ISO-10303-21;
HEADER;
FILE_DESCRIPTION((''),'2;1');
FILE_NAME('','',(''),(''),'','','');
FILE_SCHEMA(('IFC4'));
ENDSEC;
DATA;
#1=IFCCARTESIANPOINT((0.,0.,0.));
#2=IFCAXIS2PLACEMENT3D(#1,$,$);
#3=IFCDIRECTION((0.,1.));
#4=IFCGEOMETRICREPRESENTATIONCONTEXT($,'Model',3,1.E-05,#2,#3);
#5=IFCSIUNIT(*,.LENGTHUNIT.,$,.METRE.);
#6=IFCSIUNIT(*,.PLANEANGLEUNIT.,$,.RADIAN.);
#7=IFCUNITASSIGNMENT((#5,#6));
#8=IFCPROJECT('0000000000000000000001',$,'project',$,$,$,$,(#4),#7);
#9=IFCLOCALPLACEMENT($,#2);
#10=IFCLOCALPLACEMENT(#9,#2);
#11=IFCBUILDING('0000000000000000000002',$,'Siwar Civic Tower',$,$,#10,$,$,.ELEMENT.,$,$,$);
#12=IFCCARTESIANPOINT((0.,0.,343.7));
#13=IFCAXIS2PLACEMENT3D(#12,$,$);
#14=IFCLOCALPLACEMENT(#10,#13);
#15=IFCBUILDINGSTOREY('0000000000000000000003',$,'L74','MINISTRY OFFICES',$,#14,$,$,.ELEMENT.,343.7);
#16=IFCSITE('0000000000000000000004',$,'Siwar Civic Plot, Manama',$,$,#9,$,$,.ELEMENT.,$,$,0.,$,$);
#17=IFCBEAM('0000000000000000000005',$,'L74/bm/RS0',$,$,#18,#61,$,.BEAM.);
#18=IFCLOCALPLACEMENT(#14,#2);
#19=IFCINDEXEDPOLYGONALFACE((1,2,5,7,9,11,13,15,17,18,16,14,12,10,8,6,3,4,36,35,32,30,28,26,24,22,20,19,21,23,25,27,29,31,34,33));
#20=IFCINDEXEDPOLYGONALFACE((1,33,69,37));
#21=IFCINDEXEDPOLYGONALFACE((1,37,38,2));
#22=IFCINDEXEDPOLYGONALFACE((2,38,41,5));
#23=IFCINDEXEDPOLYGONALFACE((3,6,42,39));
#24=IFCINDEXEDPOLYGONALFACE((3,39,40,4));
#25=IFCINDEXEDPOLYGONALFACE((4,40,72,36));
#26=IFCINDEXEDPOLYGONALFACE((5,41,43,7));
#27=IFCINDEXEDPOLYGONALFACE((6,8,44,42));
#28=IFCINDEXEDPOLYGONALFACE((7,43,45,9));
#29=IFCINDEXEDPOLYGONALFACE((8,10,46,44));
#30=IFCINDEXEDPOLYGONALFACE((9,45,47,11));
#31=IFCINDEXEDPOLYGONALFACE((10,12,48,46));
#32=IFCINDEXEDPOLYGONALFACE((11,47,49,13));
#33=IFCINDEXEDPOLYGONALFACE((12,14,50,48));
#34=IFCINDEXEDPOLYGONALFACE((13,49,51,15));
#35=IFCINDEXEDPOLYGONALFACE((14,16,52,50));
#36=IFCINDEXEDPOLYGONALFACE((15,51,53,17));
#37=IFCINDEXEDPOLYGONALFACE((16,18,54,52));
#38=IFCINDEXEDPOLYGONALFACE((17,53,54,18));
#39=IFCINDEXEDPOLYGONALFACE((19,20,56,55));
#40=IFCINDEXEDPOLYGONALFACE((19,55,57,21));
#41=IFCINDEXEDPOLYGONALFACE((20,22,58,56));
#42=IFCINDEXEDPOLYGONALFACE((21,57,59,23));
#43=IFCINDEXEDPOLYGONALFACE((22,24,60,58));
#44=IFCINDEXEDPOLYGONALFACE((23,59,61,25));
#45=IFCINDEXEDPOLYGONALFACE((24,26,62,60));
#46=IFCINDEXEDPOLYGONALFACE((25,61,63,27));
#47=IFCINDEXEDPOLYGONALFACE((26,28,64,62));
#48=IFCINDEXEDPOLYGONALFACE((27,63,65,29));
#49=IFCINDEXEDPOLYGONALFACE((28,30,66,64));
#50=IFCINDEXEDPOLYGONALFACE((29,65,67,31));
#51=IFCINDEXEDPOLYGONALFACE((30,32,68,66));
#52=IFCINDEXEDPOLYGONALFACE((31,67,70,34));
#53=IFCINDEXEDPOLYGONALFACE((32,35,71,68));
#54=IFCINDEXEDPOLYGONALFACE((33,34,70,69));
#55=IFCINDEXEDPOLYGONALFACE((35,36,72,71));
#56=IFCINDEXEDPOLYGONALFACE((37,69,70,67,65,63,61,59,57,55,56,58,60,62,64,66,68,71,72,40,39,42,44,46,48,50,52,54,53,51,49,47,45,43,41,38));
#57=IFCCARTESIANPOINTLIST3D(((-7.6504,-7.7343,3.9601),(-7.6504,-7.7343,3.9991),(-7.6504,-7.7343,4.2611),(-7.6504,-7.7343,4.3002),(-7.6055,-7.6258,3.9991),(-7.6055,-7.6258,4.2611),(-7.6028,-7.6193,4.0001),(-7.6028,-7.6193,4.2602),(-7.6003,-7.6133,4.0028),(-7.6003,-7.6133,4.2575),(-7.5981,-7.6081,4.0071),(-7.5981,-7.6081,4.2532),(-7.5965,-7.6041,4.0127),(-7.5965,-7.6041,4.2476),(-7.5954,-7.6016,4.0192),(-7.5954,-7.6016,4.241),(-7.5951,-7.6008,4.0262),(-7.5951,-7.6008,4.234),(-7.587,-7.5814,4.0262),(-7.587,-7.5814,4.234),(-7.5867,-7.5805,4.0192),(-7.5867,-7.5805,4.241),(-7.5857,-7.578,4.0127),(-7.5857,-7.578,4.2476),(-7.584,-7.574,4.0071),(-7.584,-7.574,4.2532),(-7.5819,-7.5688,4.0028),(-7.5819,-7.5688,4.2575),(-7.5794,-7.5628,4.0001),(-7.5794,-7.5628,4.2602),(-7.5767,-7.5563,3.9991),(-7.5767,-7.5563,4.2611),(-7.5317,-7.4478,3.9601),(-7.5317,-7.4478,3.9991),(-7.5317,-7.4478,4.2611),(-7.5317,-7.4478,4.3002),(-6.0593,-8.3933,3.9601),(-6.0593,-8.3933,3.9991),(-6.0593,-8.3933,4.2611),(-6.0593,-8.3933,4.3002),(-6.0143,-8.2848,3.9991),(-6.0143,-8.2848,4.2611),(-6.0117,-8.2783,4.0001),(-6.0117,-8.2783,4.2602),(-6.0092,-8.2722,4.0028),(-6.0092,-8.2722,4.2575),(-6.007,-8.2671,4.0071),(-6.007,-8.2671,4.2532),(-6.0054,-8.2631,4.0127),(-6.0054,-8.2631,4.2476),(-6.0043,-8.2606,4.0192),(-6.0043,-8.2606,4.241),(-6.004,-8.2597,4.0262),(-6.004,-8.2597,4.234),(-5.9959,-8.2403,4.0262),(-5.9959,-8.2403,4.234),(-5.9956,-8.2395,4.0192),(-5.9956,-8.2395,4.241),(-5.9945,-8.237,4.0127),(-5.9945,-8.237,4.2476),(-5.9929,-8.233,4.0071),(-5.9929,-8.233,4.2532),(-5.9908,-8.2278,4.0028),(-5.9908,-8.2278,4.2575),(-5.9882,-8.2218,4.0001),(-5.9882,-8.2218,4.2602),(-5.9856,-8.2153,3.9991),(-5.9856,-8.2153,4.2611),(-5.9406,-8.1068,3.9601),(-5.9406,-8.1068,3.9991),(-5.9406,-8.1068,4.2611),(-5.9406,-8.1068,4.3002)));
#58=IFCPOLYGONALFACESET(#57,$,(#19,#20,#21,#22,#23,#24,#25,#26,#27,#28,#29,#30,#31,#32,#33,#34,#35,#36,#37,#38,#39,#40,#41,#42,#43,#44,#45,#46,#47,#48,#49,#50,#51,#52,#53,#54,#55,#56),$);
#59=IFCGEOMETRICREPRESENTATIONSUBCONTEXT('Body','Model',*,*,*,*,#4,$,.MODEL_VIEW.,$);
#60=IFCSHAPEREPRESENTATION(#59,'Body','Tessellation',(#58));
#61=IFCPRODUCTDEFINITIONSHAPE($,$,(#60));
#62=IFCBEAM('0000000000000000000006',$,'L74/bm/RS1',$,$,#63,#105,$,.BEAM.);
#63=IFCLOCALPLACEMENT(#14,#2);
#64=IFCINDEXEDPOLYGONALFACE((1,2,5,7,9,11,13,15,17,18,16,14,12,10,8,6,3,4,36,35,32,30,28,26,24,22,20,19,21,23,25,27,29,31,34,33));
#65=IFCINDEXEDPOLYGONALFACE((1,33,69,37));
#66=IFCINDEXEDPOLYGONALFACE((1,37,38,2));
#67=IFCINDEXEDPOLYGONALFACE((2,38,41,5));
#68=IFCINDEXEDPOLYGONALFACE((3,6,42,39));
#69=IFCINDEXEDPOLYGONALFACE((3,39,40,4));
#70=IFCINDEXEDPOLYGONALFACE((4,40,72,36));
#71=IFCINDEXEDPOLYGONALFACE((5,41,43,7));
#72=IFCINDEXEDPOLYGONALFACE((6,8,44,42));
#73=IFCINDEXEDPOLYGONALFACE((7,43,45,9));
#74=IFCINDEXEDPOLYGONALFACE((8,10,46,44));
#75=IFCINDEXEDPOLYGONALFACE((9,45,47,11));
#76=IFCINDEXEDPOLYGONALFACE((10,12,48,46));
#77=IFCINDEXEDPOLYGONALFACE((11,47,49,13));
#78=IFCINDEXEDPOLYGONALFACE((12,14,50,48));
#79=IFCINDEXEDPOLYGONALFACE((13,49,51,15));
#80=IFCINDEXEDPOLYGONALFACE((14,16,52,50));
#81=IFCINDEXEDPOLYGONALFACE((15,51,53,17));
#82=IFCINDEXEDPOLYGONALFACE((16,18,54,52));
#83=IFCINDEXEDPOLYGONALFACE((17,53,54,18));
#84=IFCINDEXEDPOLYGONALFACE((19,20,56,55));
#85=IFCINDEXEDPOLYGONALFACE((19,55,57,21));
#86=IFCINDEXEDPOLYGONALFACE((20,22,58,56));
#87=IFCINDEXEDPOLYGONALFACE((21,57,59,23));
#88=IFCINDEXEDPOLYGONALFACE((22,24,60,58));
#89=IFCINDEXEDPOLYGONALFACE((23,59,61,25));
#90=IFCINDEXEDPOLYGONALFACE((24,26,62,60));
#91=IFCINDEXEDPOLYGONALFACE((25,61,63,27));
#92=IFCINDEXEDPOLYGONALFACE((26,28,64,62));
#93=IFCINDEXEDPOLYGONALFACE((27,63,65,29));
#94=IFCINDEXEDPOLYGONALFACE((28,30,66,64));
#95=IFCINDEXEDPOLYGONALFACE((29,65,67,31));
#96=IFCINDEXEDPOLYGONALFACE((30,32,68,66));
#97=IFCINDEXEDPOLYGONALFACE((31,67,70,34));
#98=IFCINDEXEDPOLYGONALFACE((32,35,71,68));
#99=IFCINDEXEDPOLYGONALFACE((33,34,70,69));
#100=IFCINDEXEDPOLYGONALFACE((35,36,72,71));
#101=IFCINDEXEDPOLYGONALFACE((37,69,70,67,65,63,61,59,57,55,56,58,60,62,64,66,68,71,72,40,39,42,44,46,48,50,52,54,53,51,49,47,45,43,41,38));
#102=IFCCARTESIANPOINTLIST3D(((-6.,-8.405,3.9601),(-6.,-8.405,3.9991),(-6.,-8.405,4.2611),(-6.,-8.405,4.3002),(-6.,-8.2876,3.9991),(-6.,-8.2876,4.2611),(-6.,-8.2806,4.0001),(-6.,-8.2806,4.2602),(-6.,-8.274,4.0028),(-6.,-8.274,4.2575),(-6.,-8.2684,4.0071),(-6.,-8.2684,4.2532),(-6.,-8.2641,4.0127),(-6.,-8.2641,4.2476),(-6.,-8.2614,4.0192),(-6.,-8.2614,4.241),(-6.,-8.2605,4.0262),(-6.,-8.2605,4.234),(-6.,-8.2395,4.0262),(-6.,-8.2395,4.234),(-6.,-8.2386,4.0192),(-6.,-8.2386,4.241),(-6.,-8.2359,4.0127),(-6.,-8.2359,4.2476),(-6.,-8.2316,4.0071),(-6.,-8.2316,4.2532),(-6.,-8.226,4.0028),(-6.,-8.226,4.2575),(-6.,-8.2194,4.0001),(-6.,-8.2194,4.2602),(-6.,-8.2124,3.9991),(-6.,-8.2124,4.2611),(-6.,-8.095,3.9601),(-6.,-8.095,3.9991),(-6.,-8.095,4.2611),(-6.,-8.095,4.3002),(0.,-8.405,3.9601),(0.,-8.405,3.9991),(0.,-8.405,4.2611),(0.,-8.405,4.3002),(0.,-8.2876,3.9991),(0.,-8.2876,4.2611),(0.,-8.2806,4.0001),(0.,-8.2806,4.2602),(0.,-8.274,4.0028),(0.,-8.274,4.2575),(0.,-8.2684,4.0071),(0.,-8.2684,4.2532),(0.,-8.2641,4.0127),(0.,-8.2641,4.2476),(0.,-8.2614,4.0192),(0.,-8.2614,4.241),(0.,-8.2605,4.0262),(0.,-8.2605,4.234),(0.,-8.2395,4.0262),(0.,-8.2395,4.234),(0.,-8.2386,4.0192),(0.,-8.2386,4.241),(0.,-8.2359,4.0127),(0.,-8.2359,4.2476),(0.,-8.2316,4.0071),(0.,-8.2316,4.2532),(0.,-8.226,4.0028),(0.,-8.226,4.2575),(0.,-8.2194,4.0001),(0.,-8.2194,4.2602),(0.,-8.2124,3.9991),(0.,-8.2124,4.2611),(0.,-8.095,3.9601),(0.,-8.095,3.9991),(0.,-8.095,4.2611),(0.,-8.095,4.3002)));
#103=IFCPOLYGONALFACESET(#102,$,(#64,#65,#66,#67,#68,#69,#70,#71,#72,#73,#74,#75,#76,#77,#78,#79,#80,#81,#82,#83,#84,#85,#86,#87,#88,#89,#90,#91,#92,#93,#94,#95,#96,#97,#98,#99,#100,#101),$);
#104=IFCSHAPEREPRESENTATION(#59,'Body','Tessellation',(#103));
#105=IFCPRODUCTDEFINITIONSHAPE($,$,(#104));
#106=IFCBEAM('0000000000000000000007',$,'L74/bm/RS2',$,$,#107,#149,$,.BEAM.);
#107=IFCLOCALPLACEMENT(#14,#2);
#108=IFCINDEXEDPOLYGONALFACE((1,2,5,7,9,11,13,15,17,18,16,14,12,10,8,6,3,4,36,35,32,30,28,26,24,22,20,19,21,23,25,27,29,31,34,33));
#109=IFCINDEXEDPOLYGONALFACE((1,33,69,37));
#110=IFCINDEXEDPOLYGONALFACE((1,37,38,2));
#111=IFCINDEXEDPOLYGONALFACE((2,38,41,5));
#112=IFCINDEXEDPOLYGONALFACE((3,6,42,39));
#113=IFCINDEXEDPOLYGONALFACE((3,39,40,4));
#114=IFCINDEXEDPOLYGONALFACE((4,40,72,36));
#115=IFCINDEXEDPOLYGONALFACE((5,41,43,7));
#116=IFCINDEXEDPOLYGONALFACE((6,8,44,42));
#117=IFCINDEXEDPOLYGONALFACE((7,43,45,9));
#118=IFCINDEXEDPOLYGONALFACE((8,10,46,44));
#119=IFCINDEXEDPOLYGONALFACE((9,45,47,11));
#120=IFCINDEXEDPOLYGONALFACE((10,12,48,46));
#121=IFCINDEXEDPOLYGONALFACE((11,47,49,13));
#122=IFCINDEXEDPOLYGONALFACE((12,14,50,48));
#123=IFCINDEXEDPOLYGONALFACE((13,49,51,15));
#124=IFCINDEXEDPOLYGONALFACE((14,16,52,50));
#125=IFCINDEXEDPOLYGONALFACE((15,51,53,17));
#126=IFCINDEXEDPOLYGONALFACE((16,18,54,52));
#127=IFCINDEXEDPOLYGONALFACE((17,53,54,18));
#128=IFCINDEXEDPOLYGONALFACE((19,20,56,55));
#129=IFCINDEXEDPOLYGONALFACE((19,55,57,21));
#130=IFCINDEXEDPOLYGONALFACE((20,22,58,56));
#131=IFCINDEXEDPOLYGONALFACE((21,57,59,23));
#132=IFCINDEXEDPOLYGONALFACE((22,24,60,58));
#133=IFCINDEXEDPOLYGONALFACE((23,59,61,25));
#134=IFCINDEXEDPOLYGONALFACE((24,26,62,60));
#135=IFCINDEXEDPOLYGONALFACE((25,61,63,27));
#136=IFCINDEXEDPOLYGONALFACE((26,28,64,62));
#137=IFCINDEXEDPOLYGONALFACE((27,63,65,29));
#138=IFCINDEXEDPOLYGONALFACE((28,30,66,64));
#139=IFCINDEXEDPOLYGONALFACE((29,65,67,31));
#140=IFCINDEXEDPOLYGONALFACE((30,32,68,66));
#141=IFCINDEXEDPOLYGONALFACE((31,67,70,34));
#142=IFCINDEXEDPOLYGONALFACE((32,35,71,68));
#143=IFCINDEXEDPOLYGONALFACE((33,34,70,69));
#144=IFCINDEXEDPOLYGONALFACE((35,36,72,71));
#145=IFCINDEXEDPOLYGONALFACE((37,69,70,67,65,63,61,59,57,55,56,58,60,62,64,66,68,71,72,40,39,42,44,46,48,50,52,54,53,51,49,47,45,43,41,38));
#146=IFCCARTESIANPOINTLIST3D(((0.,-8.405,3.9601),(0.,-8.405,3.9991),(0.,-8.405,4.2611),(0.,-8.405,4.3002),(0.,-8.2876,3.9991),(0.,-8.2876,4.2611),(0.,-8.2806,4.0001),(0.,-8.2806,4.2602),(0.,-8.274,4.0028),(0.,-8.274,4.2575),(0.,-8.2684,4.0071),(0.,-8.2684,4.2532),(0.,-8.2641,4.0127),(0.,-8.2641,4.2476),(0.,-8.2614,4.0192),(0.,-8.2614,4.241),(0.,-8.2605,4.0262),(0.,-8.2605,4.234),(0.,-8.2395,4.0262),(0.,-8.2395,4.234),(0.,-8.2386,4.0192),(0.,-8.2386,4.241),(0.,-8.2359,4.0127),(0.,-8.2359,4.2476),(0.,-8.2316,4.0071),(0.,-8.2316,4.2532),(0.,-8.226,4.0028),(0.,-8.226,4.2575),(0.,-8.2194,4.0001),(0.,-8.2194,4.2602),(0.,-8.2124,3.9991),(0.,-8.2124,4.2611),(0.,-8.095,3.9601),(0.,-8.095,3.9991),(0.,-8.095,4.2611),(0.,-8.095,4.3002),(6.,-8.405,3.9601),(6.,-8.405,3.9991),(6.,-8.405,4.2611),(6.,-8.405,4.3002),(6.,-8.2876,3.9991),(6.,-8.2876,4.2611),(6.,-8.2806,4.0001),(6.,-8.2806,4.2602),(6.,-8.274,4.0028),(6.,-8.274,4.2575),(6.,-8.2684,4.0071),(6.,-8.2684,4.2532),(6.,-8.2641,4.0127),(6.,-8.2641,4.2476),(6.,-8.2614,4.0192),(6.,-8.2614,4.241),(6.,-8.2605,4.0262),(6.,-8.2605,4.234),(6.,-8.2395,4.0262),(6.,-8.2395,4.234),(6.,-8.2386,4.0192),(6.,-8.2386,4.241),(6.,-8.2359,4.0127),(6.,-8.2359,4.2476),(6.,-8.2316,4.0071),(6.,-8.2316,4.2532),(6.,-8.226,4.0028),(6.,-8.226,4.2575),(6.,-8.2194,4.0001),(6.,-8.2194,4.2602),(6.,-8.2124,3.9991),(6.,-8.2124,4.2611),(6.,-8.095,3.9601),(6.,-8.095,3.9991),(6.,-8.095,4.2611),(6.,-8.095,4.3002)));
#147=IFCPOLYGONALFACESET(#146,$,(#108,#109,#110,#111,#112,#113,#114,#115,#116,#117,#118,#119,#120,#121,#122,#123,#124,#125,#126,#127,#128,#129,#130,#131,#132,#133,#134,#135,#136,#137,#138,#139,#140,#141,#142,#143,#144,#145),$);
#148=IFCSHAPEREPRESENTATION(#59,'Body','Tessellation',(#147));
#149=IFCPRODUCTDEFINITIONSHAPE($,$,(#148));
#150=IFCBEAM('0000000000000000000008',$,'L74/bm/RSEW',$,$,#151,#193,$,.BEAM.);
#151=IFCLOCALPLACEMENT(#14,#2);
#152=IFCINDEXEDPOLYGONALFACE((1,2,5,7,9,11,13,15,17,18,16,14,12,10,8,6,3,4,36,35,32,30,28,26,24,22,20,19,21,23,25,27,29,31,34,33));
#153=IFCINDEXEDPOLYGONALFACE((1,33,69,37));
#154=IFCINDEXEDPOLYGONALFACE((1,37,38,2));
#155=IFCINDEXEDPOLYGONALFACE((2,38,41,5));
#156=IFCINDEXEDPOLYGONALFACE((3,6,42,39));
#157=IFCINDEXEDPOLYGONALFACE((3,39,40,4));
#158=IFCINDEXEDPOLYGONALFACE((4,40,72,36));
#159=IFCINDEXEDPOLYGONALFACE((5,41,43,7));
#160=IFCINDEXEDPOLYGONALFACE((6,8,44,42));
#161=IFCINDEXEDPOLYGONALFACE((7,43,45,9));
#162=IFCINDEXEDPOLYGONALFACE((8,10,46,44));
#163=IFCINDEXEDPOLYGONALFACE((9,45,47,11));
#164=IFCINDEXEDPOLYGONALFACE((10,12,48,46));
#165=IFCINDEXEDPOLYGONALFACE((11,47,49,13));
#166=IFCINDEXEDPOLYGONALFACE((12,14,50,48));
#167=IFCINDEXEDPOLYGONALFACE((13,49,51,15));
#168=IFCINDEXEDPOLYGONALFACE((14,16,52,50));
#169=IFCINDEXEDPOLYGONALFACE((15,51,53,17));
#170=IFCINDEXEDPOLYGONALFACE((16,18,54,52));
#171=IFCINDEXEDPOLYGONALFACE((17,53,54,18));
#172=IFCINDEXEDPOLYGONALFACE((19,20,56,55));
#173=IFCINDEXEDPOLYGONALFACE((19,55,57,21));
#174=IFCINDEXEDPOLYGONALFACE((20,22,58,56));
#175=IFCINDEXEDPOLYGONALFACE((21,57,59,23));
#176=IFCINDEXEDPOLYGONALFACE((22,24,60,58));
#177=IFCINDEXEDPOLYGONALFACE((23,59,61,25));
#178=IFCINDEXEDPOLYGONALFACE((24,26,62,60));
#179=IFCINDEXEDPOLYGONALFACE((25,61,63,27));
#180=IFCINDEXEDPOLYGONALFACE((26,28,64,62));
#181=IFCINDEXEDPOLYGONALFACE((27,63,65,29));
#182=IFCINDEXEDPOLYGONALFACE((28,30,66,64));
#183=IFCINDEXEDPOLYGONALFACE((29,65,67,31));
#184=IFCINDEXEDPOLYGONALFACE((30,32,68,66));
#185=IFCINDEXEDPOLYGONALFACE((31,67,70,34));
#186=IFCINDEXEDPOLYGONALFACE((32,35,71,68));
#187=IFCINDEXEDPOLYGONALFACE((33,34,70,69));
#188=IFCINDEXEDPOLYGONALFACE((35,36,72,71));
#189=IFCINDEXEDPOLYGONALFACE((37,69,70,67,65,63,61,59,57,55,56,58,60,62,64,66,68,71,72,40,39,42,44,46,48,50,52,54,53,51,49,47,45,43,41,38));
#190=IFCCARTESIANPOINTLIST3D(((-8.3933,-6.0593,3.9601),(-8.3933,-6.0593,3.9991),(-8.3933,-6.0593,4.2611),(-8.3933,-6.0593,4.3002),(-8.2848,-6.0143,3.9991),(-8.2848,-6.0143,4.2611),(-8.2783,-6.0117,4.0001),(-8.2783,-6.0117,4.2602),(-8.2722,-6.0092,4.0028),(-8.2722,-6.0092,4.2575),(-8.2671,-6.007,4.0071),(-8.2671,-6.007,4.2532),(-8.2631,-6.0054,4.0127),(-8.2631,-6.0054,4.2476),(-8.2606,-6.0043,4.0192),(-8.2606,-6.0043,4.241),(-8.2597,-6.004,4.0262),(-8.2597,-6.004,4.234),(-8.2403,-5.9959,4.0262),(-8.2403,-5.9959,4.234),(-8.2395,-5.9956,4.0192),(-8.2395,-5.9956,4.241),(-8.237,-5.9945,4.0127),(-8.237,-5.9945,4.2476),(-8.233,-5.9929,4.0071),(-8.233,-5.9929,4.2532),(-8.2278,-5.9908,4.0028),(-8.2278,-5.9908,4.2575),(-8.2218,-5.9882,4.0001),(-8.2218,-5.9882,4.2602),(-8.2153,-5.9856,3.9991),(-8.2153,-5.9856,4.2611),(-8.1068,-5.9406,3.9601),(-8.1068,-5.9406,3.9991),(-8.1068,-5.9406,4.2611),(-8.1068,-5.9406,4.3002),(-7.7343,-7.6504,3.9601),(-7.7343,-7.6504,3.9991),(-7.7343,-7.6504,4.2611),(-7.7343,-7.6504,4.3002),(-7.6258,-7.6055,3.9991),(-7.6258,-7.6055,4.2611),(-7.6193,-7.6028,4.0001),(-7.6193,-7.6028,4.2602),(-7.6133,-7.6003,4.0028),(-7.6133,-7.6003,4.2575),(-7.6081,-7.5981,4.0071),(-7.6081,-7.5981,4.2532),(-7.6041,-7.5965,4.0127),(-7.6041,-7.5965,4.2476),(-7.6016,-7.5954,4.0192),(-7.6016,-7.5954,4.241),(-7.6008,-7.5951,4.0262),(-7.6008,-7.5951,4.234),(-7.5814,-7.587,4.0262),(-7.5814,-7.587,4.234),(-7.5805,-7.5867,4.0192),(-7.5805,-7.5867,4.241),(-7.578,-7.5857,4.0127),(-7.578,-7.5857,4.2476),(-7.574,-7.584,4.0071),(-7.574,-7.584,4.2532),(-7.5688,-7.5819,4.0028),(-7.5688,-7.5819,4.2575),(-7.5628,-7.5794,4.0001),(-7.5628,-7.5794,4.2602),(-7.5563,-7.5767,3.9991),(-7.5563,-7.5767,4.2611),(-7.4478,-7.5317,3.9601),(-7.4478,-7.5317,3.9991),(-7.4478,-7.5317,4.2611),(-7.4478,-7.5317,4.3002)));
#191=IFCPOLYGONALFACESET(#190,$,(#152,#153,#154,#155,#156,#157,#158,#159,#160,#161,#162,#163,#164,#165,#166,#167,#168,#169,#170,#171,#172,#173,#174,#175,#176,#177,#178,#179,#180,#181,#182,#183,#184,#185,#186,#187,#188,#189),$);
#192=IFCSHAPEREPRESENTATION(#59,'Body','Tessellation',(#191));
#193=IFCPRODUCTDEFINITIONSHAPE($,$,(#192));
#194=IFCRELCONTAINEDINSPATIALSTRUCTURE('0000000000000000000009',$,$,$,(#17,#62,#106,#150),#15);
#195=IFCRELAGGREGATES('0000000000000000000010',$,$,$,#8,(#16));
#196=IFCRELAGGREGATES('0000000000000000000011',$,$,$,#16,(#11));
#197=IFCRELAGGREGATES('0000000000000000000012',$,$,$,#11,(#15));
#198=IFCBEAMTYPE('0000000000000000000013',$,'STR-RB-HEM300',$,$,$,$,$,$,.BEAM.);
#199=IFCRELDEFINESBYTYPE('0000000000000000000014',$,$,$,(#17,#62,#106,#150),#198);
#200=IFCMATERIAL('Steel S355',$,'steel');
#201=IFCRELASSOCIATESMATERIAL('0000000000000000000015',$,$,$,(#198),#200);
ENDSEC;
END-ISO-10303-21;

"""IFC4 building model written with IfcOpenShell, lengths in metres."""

from ifc_helpers import new_model, si_unit, direction, frame, origin, origin_2d, place, context, subcontext, project, spatial, i_section, extrude, material, material_profile, profile_set, type_object, element, save


model = new_model("IFC4")

# Units and contexts
model_context = context("Model", 3, precision=1e-05, world=origin(), true_north=direction((0.0, 1.0)))
body_context = subcontext(model_context, "Body", "Model", "MODEL_VIEW")
ifc_project = project(units=[si_unit("LENGTHUNIT", "METRE"), si_unit("PLANEANGLEUNIT", "RADIAN")], contexts=[model_context])

# Site, building, storey
site_placement = place(None, origin())
site = spatial("IfcSite", under=ifc_project, at=site_placement, Name="Siwar Civic Plot, Manama", CompositionType="ELEMENT", RefElevation=0.0)
building_placement = place(site_placement, origin())
building = spatial("IfcBuilding", under=site, at=building_placement, Name="Siwar Civic Tower", CompositionType="ELEMENT")
storey_placement = place(building_placement, frame((0.0, 0.0, 343.7)))
storey = spatial("IfcBuildingStorey", under=building, at=storey_placement, Name="L74", Description="MINISTRY OFFICES", CompositionType="ELEMENT", Elevation=343.7)

# Beams
ifc_material_1 = material(Name="Steel S355", Category="steel")
ifc_material_profile_1 = material_profile(ifc_material_1, i_section(OverallWidth=0.3101, OverallDepth=0.3401, WebThickness=0.021, FlangeThickness=0.0391, FilletRadius=0.0271, at=origin_2d()), Name="HEM300")
ifc_profile_set_1 = profile_set([ifc_material_profile_1], Name="Steel S355")
beam_type_1 = type_object("IfcBeamType", Name="STR-RB-HEM300", PredefinedType="BEAM", material=ifc_profile_set_1)
beam_1_placement = place(storey_placement, frame((-7.5911, -7.5911, 4.1301), z_axis=(0.923901, -0.382631, 0.0), x_axis=(0.382631, 0.923901, 0.0)))
element("IfcBeam", 1, at=beam_1_placement, inside=storey, type_object=beam_type_1, Name="L74/bm/RS0", PredefinedType="BEAM", context=body_context, shape_type="SweptSolid", body=[
    extrude(i_section(OverallWidth=0.3101, OverallDepth=0.3401, WebThickness=0.021, FlangeThickness=0.0391, FilletRadius=0.0271, at=origin_2d()), origin(), (0.0, 0.0, 1.0), 1.7222),
])
for number, where, z_axis, x_axis, name in (
    (2, (-6.0, -8.25, 4.1301), (1.0, 0.0, 0.0), (0.0, 1.0, 0.0), "L74/bm/RS1"),
    (3, (0.0, -8.25, 4.1301), (1.0, 0.0, 0.0), (0.0, 1.0, 0.0), "L74/bm/RS2"),
):
    element("IfcBeam", number, at=place(storey_placement, frame(where, z_axis=z_axis, x_axis=x_axis)), inside=storey, type_object=beam_type_1, Name=name, PredefinedType="BEAM", context=body_context, shape_type="SweptSolid", body=[
        extrude(i_section(OverallWidth=0.3101, OverallDepth=0.3401, WebThickness=0.021, FlangeThickness=0.0391, FilletRadius=0.0271, at=origin_2d()), origin(), (0.0, 0.0, 1.0), 6.0),
    ])
beam_2_placement = place(storey_placement, frame((-7.5911, -7.5911, 4.1301), z_axis=(-0.382631, 0.923901, 0.0), x_axis=(-0.923901, -0.382631, 0.0)))
element("IfcBeam", 4, at=beam_2_placement, inside=storey, type_object=beam_type_1, Name="L74/bm/RSEW", PredefinedType="BEAM", context=body_context, shape_type="SweptSolid", body=[
    extrude(i_section(OverallWidth=0.3101, OverallDepth=0.3401, WebThickness=0.021, FlangeThickness=0.0391, FilletRadius=0.0271, at=origin_2d()), origin(), (0.0, 0.0, 1.0), 1.7222),
])

save(model, "model.ifc")
